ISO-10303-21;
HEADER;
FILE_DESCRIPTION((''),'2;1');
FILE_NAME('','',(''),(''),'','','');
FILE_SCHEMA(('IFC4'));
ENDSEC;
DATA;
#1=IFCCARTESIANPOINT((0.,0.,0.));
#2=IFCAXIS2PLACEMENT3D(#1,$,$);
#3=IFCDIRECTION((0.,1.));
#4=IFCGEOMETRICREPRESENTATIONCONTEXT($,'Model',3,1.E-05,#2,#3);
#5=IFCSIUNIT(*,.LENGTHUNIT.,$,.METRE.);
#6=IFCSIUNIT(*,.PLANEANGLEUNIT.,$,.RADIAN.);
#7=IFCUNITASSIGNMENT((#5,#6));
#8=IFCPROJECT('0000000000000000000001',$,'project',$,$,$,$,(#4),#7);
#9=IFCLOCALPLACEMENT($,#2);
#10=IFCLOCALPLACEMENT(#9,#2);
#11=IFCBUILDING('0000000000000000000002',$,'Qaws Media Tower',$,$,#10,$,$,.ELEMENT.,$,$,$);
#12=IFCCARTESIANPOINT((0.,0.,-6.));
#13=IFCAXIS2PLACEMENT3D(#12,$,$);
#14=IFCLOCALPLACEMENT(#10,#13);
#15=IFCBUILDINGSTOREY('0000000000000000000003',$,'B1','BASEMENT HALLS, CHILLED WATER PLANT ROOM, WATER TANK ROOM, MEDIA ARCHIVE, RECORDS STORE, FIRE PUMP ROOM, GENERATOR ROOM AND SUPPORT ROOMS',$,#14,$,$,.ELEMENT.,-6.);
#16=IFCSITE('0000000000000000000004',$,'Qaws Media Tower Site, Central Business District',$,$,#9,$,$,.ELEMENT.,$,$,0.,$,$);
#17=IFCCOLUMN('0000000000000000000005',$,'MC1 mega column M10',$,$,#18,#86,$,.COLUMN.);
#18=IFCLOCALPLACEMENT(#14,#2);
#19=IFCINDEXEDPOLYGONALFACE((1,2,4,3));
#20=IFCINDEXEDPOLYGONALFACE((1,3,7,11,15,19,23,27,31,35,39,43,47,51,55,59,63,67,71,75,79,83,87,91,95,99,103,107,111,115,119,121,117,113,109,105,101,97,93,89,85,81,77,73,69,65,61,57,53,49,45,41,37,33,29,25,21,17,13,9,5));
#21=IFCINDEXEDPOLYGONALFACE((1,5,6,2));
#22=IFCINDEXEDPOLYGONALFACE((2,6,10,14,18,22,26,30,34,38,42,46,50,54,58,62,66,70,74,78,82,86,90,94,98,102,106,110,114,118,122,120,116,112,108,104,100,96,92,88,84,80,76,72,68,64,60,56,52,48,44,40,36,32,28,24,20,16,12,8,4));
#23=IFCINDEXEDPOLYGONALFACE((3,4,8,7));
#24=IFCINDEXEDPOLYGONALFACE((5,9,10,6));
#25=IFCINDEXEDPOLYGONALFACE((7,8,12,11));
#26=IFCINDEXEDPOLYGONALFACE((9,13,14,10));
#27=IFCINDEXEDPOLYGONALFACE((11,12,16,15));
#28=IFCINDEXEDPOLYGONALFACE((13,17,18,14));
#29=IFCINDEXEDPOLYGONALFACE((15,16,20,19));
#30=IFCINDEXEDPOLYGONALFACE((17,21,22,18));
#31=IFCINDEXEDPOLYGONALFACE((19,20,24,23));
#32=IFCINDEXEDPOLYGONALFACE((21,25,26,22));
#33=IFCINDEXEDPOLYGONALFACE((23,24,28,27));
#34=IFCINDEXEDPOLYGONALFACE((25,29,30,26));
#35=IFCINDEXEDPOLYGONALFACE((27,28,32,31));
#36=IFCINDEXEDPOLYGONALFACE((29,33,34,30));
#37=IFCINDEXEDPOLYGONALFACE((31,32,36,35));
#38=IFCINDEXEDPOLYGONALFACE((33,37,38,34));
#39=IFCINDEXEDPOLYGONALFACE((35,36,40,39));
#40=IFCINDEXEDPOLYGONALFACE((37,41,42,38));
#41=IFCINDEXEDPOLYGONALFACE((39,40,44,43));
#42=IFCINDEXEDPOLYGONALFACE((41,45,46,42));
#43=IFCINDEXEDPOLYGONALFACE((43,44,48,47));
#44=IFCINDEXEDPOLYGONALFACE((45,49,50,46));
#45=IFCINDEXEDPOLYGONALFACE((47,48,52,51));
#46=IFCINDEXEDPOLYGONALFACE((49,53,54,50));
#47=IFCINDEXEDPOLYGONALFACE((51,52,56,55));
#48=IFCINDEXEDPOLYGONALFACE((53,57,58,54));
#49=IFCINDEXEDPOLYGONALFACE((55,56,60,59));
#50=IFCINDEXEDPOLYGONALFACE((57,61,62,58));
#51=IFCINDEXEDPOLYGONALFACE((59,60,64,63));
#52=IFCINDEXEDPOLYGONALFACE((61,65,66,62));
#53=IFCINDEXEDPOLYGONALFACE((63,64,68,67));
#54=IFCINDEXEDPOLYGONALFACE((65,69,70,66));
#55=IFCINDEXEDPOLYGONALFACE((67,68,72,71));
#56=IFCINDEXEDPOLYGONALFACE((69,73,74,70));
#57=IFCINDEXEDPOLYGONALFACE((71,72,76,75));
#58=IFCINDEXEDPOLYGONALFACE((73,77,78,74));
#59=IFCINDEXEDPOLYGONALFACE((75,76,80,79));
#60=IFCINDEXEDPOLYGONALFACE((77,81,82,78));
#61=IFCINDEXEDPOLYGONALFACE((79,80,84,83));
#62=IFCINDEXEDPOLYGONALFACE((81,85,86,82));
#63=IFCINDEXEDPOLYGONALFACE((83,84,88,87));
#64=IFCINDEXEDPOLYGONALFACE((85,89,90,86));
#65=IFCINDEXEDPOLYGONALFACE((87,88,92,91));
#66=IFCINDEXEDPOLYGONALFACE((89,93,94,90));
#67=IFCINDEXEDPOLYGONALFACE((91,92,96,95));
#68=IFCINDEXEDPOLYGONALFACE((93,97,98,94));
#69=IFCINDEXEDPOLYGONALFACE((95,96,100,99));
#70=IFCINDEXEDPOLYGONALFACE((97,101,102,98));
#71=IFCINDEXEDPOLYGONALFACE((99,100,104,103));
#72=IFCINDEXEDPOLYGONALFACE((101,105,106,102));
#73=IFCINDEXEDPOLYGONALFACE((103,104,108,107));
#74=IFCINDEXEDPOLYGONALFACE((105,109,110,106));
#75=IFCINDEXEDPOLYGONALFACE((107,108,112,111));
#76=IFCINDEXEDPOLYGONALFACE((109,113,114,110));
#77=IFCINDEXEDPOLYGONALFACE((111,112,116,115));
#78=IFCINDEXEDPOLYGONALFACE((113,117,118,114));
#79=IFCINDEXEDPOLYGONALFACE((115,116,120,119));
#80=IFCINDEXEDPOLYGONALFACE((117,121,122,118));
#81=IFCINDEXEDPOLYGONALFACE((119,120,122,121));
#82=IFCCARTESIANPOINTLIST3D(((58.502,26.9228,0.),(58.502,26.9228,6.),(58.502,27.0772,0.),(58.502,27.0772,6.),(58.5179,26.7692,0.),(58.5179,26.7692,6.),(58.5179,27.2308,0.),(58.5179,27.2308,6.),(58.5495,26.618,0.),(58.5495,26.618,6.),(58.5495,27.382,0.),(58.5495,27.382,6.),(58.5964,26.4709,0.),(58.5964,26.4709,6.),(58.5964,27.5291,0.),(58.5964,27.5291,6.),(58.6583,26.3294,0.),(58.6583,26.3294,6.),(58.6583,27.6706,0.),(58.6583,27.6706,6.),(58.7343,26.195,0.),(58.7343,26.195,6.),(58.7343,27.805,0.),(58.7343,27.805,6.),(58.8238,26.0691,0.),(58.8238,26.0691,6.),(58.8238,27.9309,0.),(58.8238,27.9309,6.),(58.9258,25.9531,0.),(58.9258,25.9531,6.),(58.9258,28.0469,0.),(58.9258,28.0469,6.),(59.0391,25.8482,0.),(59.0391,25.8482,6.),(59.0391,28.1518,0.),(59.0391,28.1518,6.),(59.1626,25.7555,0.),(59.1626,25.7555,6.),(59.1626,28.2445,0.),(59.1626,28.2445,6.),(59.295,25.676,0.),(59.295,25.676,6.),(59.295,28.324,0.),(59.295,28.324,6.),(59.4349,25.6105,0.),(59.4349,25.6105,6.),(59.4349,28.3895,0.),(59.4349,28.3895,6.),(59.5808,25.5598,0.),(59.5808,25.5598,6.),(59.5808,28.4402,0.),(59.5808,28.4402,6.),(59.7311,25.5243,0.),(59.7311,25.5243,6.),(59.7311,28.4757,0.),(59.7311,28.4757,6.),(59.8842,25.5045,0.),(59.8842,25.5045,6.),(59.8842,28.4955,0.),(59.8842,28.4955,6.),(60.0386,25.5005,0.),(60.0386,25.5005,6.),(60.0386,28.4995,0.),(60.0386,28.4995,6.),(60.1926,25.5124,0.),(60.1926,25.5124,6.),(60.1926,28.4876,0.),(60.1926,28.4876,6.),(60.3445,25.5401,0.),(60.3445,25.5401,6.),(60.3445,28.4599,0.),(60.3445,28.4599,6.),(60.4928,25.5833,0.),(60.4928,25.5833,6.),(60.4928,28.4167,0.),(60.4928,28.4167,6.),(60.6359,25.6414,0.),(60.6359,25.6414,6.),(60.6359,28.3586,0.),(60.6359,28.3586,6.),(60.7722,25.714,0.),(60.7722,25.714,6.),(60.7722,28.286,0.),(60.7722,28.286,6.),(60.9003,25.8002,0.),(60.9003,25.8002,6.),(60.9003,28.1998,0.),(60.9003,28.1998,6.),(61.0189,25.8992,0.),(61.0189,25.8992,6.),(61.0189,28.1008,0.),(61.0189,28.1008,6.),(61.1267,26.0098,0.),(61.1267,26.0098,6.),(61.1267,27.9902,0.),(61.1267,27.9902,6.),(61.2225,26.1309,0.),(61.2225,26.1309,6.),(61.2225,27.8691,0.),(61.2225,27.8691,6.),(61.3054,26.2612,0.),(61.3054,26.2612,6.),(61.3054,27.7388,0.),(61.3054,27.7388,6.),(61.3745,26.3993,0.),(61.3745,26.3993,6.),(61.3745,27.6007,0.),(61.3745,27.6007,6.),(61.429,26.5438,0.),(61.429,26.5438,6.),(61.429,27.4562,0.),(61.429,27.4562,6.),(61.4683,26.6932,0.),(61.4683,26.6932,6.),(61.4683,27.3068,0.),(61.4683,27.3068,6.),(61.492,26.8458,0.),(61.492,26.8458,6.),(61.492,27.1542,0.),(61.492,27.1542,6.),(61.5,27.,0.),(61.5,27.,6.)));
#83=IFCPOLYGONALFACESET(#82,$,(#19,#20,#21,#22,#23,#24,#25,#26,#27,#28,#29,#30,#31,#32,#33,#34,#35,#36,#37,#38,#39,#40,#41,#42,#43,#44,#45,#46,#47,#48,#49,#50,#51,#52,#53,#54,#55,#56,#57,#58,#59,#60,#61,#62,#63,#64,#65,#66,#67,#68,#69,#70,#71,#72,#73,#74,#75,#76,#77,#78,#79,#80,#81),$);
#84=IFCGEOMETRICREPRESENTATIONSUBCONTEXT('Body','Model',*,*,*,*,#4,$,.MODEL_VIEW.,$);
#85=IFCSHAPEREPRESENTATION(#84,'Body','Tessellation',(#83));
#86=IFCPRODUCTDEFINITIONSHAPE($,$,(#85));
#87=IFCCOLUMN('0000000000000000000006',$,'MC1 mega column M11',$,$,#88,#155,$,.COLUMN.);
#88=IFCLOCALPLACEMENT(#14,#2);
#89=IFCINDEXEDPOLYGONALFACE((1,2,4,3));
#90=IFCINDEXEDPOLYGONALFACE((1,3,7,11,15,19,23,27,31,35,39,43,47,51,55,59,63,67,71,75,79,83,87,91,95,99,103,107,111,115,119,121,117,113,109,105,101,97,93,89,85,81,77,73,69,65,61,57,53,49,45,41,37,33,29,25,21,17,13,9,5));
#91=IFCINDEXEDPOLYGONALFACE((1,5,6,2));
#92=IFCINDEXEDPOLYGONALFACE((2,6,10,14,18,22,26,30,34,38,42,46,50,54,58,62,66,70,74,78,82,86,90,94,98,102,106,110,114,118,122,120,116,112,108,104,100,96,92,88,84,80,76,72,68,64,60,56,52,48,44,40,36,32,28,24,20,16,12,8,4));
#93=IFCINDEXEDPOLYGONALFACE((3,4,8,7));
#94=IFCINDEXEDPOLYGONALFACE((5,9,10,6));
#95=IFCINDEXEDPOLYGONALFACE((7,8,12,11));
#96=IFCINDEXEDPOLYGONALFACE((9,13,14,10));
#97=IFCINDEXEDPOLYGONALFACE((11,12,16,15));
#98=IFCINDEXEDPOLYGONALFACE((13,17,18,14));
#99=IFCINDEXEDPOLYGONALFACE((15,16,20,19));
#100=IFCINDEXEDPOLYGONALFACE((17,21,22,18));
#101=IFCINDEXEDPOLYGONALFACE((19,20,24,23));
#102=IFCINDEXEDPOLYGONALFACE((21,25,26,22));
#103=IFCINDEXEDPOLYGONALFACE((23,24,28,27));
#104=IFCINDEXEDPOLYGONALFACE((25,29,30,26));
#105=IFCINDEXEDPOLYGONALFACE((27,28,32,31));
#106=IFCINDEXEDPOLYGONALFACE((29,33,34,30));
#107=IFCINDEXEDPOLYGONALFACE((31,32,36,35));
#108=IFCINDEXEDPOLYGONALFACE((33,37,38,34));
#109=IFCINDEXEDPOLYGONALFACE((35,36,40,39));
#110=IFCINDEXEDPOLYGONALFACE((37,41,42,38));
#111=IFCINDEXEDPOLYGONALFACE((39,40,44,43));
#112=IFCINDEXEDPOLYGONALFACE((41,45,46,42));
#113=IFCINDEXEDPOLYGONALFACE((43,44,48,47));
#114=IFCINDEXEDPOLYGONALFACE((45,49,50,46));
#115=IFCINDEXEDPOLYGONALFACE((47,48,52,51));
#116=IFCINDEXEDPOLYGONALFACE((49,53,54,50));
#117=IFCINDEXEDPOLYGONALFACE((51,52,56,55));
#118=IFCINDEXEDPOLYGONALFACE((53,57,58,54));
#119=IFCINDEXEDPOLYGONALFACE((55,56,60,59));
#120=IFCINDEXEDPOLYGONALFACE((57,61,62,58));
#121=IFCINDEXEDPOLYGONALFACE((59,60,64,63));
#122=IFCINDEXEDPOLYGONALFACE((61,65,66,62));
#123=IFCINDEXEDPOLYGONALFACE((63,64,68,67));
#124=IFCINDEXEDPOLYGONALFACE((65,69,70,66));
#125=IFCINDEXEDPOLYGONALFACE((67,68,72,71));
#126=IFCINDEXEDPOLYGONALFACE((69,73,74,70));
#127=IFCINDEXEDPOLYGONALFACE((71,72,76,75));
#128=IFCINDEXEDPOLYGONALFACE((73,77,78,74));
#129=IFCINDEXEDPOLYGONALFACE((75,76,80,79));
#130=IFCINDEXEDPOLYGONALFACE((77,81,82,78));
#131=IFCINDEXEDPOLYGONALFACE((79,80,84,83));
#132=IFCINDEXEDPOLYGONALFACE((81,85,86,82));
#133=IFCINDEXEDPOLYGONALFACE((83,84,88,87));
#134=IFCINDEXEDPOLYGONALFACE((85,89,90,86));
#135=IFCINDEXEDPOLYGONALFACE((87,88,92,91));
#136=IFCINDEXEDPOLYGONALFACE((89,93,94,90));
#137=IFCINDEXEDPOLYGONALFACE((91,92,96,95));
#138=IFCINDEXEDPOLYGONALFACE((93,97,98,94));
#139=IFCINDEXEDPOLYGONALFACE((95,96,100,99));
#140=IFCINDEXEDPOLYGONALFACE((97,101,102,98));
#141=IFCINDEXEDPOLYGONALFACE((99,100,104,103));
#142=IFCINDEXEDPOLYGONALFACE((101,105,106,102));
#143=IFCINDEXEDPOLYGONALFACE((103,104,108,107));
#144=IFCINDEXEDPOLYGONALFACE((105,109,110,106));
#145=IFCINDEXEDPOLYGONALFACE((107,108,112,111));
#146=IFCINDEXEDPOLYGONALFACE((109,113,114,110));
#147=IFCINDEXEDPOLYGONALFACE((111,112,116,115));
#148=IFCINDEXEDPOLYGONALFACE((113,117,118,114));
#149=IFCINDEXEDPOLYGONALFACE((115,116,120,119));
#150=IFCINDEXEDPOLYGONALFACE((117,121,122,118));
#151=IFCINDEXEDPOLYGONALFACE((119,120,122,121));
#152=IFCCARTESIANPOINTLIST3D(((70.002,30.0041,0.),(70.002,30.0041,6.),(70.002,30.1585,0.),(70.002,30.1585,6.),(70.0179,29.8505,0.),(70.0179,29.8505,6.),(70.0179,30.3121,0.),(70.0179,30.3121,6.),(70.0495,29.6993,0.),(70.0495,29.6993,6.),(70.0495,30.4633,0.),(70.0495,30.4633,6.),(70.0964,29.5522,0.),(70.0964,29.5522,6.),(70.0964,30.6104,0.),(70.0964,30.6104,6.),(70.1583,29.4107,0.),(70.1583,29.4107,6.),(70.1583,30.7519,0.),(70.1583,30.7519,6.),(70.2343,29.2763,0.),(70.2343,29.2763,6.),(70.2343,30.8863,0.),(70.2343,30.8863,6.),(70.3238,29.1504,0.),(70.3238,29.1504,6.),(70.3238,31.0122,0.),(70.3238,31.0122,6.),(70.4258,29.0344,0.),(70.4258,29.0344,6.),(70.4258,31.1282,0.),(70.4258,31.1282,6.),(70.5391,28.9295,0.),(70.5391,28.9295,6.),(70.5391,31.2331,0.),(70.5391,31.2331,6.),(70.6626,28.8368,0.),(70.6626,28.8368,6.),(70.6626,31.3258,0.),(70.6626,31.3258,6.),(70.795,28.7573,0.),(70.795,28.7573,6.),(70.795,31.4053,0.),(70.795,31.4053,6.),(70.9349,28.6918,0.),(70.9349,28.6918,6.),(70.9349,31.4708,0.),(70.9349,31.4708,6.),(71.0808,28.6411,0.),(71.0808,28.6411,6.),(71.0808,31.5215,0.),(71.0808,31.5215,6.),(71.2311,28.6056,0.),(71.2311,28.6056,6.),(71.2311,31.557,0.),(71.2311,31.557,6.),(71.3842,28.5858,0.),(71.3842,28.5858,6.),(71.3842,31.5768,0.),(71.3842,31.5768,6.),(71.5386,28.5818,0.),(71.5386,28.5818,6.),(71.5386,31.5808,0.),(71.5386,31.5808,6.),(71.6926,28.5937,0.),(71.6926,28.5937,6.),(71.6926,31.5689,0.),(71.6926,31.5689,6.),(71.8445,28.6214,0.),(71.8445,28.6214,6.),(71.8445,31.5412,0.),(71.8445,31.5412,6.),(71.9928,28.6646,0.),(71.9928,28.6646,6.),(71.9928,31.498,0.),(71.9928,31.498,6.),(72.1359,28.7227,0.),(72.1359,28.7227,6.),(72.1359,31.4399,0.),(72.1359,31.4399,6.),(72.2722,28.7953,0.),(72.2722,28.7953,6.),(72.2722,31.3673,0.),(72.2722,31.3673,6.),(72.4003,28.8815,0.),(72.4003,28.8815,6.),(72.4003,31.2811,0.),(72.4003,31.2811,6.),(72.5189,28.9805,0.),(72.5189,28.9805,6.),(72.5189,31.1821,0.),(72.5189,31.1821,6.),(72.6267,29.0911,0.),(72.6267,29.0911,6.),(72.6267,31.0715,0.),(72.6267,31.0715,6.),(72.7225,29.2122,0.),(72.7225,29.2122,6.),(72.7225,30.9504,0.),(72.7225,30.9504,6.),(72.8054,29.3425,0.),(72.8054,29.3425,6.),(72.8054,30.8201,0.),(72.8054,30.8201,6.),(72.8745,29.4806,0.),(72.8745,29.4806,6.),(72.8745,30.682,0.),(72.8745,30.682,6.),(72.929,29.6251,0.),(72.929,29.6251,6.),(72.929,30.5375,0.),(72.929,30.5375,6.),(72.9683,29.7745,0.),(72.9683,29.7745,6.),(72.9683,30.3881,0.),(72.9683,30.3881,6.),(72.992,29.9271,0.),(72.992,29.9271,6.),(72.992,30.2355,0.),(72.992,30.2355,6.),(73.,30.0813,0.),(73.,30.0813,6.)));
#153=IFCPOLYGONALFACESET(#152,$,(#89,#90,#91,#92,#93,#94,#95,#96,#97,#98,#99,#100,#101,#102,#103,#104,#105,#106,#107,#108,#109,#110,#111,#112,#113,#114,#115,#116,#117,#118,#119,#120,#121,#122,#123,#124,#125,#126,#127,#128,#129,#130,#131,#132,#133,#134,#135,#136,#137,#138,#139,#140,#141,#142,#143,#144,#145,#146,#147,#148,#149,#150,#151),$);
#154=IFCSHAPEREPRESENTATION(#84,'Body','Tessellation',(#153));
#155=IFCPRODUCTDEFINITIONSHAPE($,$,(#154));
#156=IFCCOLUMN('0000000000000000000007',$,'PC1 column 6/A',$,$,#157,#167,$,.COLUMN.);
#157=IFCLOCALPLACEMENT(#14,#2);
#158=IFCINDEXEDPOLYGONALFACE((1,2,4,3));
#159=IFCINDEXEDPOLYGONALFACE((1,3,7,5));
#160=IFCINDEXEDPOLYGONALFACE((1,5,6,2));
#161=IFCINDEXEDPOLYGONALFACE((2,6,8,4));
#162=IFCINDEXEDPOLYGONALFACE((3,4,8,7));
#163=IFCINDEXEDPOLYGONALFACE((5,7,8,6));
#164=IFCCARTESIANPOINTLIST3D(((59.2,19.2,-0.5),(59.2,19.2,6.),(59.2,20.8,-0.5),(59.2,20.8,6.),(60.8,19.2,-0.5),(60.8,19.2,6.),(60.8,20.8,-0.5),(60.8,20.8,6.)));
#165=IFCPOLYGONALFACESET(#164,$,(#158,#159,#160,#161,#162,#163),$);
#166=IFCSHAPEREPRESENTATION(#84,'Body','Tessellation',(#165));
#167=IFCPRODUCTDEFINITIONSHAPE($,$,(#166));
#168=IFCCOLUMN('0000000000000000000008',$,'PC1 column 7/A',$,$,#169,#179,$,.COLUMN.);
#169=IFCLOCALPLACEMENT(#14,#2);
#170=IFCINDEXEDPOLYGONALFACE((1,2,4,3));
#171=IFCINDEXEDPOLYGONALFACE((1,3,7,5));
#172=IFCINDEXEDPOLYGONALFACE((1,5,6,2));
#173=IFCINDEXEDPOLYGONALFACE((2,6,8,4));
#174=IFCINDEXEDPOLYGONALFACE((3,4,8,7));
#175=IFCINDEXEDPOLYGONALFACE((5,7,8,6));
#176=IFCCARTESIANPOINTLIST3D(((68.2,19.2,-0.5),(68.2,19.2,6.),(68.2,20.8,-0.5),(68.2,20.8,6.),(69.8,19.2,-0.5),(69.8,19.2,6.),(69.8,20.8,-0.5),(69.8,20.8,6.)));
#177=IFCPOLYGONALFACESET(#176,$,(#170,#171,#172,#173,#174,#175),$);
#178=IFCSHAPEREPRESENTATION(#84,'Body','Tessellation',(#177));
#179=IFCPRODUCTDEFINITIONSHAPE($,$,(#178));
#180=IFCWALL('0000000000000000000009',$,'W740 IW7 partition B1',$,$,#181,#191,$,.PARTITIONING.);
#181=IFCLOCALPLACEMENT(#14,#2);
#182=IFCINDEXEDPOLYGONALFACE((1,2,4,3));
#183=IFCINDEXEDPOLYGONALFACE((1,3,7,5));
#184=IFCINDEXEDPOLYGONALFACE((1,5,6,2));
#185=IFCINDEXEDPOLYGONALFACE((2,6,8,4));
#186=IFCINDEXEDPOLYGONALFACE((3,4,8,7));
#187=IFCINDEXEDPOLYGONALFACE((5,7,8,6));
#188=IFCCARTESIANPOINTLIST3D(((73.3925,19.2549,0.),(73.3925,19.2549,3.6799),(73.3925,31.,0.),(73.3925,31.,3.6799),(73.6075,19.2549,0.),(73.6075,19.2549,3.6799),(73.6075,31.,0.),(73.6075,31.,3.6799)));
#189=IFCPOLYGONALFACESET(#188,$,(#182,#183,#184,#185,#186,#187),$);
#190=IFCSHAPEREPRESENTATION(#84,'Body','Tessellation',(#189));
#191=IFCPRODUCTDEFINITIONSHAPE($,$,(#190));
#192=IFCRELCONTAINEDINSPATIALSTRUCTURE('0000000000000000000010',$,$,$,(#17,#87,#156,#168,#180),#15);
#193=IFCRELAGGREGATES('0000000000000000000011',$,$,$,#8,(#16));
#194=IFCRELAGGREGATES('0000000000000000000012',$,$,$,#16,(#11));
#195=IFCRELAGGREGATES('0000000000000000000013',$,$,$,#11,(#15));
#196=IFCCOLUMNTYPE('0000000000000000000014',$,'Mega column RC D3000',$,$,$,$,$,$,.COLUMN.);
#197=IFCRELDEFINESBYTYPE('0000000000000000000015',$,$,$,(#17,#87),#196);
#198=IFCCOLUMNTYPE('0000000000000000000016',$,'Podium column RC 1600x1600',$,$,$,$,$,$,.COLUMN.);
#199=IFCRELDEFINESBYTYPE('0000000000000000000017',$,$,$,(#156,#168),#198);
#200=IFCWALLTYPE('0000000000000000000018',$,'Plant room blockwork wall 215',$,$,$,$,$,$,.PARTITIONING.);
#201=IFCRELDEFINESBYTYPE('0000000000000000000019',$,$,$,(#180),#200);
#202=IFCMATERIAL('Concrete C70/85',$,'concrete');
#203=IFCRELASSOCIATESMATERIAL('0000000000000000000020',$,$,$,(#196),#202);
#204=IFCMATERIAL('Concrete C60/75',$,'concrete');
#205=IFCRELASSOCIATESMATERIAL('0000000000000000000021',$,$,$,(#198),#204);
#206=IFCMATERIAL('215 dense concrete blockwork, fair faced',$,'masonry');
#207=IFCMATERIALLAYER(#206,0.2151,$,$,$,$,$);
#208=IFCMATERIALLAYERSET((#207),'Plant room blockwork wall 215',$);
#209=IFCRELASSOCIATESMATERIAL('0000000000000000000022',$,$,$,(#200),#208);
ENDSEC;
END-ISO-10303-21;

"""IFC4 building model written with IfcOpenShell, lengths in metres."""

from ifc_helpers import new_model, si_unit, direction, frame, frame_2d, origin, origin_2d, place, context, subcontext, project, spatial, rectangle, circle, extrude, material, layer, layer_set, material_profile, profile_set, type_object, element, save


model = new_model("IFC4")

# Units and contexts
model_context = context("Model", 3, precision=1e-05, world=origin(), true_north=direction((0.0, 1.0)))
body_context = subcontext(model_context, "Body", "Model", "MODEL_VIEW")
ifc_project = project(units=[si_unit("LENGTHUNIT", "METRE"), si_unit("PLANEANGLEUNIT", "RADIAN")], contexts=[model_context])

# Site, building, storey
site_placement = place(None, origin())
site = spatial("IfcSite", under=ifc_project, at=site_placement, Name="Qaws Media Tower Site, Central Business District", CompositionType="ELEMENT", RefElevation=0.0)
building_placement = place(site_placement, origin())
building = spatial("IfcBuilding", under=site, at=building_placement, Name="Qaws Media Tower", CompositionType="ELEMENT")
storey_placement = place(building_placement, frame((0.0, 0.0, -6.0)))
storey = spatial("IfcBuildingStorey", under=building, at=storey_placement, Name="B1", Description="BASEMENT HALLS, CHILLED WATER PLANT ROOM, WATER TANK ROOM, MEDIA ARCHIVE, RECORDS STORE, FIRE PUMP ROOM, GENERATOR ROOM AND SUPPORT ROOMS", CompositionType="ELEMENT", Elevation=-6.0)

# Columns
ifc_material_1 = material(Name="Concrete C70/85", Category="concrete")
ifc_material_profile_1 = material_profile(ifc_material_1, circle(Radius=1.5, at=origin_2d()), Name="RC D3000")
ifc_profile_set_1 = profile_set([ifc_material_profile_1], Name="Concrete C70/85")
column_type_1 = type_object("IfcColumnType", Name="Mega column RC D3000", PredefinedType="COLUMN", material=ifc_profile_set_1)
for number, where, z_axis, x_axis, name in (
    (1, (60.0, 27.0, 0.0), (0.0, 0.0, 1.0), (1.0, 0.0, 0.0), "MC1 mega column M10"),
    (2, (71.5, 30.0813, 0.0), (0.0, 0.0, 1.0), (1.0, 0.0, 0.0), "MC1 mega column M11"),
):
    element("IfcColumn", number, at=place(storey_placement, frame(where, z_axis=z_axis, x_axis=x_axis)), inside=storey, type_object=column_type_1, Name=name, PredefinedType="COLUMN", context=body_context, shape_type="SweptSolid", body=[
        extrude(circle(Radius=1.5, at=origin_2d()), origin(), (0.0, 0.0, 1.0), 6.0),
    ])
ifc_material_2 = material(Name="Concrete C60/75", Category="concrete")
ifc_material_profile_2 = material_profile(ifc_material_2, rectangle(XDim=1.6001, YDim=1.6001, at=origin_2d()), Name="RC 1600x1600")
ifc_profile_set_2 = profile_set([ifc_material_profile_2], Name="Concrete C60/75")
column_type_2 = type_object("IfcColumnType", Name="Podium column RC 1600x1600", PredefinedType="COLUMN", material=ifc_profile_set_2)
for number, where, z_axis, x_axis, name in (
    (3, (60.0, 20.0, -0.5), (0.0, 0.0, 1.0), (1.0, 0.0, 0.0), "PC1 column 6/A"),
    (4, (69.0, 20.0, -0.5), (0.0, 0.0, 1.0), (1.0, 0.0, 0.0), "PC1 column 7/A"),
):
    element("IfcColumn", number, at=place(storey_placement, frame(where, z_axis=z_axis, x_axis=x_axis)), inside=storey, type_object=column_type_2, Name=name, PredefinedType="COLUMN", context=body_context, shape_type="SweptSolid", body=[
        extrude(rectangle(XDim=1.6001, YDim=1.6001, at=origin_2d()), origin(), (0.0, 0.0, 1.0), 6.5),
    ])

# Wall
ifc_material_3 = material(Name="215 dense concrete blockwork, fair faced", Category="masonry")
ifc_layer_1 = layer(ifc_material_3, 0.2151)
ifc_layer_set_1 = layer_set([ifc_layer_1], Name="Plant room blockwork wall 215")
wall_type = type_object("IfcWallType", Name="Plant room blockwork wall 215", PredefinedType="PARTITIONING", material=ifc_layer_set_1)
wall_1_placement = place(storey_placement, frame((73.5, 19.2549, 0.0), z_axis=(0.0, 0.0, 1.0), x_axis=(0.0, 1.0, 0.0)))
element("IfcWall", 5, at=wall_1_placement, inside=storey, type_object=wall_type, Name="W740 IW7 partition B1", PredefinedType="PARTITIONING", context=body_context, shape_type="SweptSolid", body=[
    extrude(rectangle(XDim=11.7451, YDim=0.2151, at=frame_2d((5.8726, 0.0))), origin(), (0.0, 0.0, 1.0), 3.6799),
])

save(model, "model.ifc")
